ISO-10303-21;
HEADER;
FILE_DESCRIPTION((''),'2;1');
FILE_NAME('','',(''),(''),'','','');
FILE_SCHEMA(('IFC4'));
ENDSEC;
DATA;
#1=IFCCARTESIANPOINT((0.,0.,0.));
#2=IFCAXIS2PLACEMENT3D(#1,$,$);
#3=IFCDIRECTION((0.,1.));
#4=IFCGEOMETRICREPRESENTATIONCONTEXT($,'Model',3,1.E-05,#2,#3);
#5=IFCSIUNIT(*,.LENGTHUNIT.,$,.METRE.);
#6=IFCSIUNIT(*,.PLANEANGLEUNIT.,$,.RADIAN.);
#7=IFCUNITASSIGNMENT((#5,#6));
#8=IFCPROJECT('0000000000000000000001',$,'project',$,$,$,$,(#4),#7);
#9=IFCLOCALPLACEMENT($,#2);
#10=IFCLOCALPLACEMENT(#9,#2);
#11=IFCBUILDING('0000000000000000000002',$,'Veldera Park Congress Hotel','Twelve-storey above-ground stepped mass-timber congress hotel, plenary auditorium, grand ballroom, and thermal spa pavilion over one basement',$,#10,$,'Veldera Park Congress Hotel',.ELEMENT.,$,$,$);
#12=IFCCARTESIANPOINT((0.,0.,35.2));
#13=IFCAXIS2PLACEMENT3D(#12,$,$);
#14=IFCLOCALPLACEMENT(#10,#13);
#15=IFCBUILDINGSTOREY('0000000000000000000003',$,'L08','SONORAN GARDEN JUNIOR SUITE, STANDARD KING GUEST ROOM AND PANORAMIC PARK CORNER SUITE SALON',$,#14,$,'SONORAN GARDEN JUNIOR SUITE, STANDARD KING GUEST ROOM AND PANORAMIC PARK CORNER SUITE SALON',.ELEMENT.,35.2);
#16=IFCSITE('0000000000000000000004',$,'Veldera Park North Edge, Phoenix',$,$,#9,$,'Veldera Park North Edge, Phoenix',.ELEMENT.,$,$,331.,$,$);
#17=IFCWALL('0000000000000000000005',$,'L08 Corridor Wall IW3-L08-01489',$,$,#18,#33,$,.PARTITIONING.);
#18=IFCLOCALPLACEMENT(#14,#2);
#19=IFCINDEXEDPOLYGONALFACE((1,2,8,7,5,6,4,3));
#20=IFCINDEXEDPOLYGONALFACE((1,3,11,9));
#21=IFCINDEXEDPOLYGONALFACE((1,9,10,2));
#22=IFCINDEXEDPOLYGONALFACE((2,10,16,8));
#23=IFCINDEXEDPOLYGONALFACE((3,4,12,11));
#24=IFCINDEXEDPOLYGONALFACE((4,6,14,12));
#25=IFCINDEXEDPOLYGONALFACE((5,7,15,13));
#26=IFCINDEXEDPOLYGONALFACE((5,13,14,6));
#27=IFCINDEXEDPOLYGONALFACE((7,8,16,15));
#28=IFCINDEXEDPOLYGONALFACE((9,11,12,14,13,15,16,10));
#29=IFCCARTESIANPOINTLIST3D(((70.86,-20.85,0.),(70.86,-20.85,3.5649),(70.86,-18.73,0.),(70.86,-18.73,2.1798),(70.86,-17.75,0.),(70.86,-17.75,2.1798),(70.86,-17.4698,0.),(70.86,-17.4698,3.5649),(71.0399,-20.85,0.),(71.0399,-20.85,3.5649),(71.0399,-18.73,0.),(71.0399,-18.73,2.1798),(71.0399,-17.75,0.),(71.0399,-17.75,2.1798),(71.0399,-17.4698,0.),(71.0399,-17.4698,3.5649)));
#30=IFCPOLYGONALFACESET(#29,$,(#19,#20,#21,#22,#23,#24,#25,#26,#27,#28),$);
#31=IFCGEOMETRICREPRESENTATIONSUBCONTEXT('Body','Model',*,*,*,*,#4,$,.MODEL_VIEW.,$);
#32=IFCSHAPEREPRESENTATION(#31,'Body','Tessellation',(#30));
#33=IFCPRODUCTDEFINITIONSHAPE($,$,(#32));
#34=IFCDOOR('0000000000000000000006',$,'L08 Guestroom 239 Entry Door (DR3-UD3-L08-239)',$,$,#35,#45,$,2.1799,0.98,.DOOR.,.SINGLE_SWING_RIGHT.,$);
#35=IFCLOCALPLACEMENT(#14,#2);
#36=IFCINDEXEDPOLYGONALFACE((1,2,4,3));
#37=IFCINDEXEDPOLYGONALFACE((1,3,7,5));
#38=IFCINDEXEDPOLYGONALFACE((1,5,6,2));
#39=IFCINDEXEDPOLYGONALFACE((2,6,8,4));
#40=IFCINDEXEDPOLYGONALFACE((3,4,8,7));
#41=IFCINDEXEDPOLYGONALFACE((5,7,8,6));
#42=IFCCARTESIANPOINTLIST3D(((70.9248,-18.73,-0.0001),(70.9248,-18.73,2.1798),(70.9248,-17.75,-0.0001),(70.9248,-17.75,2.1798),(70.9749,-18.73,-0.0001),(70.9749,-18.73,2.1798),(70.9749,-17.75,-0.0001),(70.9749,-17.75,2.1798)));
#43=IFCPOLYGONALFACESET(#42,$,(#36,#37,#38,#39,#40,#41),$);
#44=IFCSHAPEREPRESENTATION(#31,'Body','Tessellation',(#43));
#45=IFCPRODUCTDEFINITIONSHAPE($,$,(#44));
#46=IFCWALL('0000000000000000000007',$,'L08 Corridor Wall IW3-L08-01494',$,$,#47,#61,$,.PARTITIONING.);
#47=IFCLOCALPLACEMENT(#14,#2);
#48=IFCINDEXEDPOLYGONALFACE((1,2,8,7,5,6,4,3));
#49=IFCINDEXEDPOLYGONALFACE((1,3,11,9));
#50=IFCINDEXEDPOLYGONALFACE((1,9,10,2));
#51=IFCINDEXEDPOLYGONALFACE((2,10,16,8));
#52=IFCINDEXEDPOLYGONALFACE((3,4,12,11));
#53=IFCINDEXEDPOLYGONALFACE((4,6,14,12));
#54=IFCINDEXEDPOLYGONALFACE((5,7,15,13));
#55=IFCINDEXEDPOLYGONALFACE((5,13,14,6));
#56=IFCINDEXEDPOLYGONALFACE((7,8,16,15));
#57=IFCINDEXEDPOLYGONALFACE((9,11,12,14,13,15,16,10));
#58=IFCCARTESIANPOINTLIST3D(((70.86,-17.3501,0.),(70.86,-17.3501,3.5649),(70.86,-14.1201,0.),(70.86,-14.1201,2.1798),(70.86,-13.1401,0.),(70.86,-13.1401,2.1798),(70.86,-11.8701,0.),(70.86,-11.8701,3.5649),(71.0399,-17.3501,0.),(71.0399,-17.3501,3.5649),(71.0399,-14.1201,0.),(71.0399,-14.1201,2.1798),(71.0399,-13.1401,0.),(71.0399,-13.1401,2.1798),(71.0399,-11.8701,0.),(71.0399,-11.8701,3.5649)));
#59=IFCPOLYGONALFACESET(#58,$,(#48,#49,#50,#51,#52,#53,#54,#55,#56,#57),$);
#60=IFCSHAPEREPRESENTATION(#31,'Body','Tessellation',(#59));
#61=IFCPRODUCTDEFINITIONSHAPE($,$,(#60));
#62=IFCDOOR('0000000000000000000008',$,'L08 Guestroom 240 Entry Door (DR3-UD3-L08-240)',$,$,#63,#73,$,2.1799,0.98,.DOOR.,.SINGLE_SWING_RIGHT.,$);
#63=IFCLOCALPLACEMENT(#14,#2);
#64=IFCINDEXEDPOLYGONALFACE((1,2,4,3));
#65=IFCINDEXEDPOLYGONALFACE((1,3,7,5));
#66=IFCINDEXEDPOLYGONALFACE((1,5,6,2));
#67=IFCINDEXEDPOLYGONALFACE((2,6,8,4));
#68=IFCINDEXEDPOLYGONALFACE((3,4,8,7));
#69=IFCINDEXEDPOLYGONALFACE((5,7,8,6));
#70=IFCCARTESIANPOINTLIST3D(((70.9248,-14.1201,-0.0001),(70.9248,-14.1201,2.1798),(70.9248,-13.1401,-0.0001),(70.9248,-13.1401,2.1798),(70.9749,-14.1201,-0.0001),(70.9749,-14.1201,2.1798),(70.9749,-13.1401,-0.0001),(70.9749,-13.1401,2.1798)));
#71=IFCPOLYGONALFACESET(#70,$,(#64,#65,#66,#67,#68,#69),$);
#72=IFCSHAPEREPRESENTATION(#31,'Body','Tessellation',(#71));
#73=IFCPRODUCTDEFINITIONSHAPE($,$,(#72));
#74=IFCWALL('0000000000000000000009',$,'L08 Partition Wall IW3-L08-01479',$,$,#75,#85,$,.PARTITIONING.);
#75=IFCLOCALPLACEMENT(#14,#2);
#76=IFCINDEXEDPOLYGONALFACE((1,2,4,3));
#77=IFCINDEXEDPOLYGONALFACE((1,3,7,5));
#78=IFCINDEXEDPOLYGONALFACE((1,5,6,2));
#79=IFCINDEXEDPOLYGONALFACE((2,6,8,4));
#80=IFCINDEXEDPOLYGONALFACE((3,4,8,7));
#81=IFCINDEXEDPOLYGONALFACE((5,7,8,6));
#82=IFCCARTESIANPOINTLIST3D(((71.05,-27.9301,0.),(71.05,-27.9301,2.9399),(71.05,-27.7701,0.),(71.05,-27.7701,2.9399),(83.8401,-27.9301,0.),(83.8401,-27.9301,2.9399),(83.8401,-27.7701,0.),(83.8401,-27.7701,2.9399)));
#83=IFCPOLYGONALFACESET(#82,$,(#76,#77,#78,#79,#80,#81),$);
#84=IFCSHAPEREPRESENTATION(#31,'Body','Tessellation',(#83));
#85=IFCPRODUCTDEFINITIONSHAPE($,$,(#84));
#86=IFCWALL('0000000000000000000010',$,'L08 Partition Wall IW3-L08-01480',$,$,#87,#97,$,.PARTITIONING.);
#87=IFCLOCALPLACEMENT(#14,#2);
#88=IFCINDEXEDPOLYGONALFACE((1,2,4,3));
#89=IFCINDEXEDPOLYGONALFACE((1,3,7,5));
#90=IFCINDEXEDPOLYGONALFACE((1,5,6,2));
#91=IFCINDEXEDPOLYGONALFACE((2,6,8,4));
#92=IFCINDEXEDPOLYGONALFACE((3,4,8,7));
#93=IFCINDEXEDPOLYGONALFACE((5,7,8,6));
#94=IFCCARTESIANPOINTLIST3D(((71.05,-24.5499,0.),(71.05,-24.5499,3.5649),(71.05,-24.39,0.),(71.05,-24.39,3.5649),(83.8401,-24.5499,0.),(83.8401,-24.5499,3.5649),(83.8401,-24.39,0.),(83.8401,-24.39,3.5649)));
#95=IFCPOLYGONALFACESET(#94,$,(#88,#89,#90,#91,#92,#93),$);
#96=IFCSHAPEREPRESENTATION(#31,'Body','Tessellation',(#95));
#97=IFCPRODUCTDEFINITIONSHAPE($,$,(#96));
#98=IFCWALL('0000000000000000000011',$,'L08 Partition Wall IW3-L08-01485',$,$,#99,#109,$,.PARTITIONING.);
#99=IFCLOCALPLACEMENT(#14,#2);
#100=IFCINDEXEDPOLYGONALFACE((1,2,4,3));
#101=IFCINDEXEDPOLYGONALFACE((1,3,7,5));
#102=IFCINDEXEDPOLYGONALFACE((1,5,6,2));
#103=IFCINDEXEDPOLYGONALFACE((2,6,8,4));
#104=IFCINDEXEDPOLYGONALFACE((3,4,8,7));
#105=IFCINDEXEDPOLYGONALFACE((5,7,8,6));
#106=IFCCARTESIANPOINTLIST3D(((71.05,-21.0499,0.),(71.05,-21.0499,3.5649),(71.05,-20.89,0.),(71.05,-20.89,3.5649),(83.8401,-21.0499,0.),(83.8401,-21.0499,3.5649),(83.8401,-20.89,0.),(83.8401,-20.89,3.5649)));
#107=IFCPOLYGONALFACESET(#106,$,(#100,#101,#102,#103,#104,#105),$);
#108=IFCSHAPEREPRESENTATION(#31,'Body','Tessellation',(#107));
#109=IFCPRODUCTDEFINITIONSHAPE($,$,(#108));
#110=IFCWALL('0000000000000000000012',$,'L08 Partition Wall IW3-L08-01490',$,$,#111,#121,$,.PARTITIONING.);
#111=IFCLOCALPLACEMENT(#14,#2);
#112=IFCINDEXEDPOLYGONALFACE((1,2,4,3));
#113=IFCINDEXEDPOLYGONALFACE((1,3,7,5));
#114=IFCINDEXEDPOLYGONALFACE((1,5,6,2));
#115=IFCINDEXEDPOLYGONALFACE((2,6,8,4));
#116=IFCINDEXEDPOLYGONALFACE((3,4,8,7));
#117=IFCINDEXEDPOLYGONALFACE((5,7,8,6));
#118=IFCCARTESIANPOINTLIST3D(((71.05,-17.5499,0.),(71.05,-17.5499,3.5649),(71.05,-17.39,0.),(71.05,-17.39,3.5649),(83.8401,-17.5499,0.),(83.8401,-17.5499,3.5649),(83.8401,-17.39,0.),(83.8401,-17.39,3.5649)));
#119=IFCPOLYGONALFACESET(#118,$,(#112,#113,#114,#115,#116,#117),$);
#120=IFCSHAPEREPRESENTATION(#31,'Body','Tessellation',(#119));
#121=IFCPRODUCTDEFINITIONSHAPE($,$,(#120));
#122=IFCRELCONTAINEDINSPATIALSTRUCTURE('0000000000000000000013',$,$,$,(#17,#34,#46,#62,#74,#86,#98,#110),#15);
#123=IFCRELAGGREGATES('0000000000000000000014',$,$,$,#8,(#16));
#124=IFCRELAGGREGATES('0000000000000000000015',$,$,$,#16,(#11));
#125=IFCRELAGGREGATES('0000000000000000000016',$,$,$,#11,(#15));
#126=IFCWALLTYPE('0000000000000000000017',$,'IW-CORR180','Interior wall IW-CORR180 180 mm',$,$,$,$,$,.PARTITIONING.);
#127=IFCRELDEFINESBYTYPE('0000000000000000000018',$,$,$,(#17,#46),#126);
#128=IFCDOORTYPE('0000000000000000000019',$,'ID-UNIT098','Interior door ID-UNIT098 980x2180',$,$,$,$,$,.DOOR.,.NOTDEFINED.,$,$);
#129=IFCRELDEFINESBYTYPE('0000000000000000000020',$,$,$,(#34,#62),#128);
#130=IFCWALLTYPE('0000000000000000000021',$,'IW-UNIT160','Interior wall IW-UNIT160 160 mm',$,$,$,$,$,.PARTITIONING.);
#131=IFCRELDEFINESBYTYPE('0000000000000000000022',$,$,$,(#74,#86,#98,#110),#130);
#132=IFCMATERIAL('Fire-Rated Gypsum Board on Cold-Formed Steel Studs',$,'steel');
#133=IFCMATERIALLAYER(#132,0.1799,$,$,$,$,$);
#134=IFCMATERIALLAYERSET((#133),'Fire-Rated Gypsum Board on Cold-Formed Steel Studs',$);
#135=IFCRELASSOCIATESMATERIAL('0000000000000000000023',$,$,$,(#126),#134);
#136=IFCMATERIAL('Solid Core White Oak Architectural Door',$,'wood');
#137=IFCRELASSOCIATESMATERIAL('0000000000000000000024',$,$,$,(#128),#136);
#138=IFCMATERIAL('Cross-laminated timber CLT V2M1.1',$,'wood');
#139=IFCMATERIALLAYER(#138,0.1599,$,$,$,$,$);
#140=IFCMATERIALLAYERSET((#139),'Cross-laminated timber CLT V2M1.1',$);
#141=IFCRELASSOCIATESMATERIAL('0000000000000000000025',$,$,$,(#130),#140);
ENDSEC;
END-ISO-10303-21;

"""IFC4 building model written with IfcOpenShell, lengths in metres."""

from ifc_helpers import new_model, si_unit, direction, frame, frame_2d, origin, place, context, subcontext, project, spatial, rectangle, extrude, material, layer, layer_set, type_object, element, fill, save


model = new_model("IFC4")

# Units and contexts
model_context = context("Model", 3, precision=1e-05, world=origin(), true_north=direction((0.0, 1.0)))
body_context = subcontext(model_context, "Body", "Model", "MODEL_VIEW")
ifc_project = project(units=[si_unit("LENGTHUNIT", "METRE"), si_unit("PLANEANGLEUNIT", "RADIAN")], contexts=[model_context])

# Site, building, storey
site_placement = place(None, origin())
site = spatial("IfcSite", under=ifc_project, at=site_placement, Name="Veldera Park North Edge, Phoenix", LongName="Veldera Park North Edge, Phoenix", CompositionType="ELEMENT", RefElevation=331.0)
building_placement = place(site_placement, origin())
building = spatial("IfcBuilding", under=site, at=building_placement, Name="Veldera Park Congress Hotel", Description="Twelve-storey above-ground stepped mass-timber congress hotel, plenary auditorium, grand ballroom, and thermal spa pavilion over one basement", LongName="Veldera Park Congress Hotel", CompositionType="ELEMENT")
storey_placement = place(building_placement, frame((0.0, 0.0, 35.2)))
storey = spatial("IfcBuildingStorey", under=building, at=storey_placement, Name="L08", Description="SONORAN GARDEN JUNIOR SUITE, STANDARD KING GUEST ROOM AND PANORAMIC PARK CORNER SUITE SALON", LongName="SONORAN GARDEN JUNIOR SUITE, STANDARD KING GUEST ROOM AND PANORAMIC PARK CORNER SUITE SALON", CompositionType="ELEMENT", Elevation=35.2)

# Shared definitions
ifc_material_1 = material(Name="Fire-Rated Gypsum Board on Cold-Formed Steel Studs", Category="steel")
ifc_layer_1 = layer(ifc_material_1, 0.1799)
ifc_layer_set_1 = layer_set([ifc_layer_1], Name="Fire-Rated Gypsum Board on Cold-Formed Steel Studs")
wall_type_1 = type_object("IfcWallType", Name="IW-CORR180", Description="Interior wall IW-CORR180 180 mm", PredefinedType="PARTITIONING", material=ifc_layer_set_1)
ifc_material_2 = material(Name="Solid Core White Oak Architectural Door", Category="wood")

# Walls, openings, doors
door_type_1 = type_object("IfcDoorType", Name="ID-UNIT098", Description="Interior door ID-UNIT098 980x2180", OperationType="NOTDEFINED", PredefinedType="DOOR", material=ifc_material_2)
wall_1_placement = place(storey_placement, frame((70.95, -17.47, 0.0), z_axis=(0.0, 0.0, 1.0), x_axis=(0.0, -1.0, 0.0)))
wall_1 = element("IfcWall", 1, at=wall_1_placement, inside=storey, type_object=wall_type_1, Name="L08 Corridor Wall IW3-L08-01489", PredefinedType="PARTITIONING", context=body_context, shape_type="SweptSolid", body=[
    extrude(rectangle(XDim=3.3801, YDim=0.1799, at=frame_2d((1.6899, 0.0))), origin(), (0.0, 0.0, 1.0), 3.5649),
])
opening_1_placement = place(wall_1_placement, frame((0.28, 0.0, 0.0)))
opening_1 = element("IfcOpeningElement", 2, at=opening_1_placement, cuts=wall_1, PredefinedType="OPENING", context=body_context, shape_type="SweptSolid", body=[
    extrude(rectangle(XDim=0.98, YDim=2.1799, at=frame_2d((0.49, 1.0898))), frame((0.0, 0.1021, 0.0), z_axis=(0.0, -1.0, 0.0), x_axis=(1.0, 0.0, 0.0)), (0.0, 0.0, 1.0), 0.2039),
])
door_1_placement = place(opening_1_placement, origin())
door_1 = element("IfcDoor", 3, at=door_1_placement, inside=storey, type_object=door_type_1, Name="L08 Guestroom 239 Entry Door (DR3-UD3-L08-239)", OperationType="SINGLE_SWING_RIGHT", OverallHeight=2.1799, OverallWidth=0.98, PredefinedType="DOOR", context=body_context, shape_type="SweptSolid", body=[
    extrude(rectangle(XDim=0.98, YDim=2.1799, at=frame_2d((0.49, 1.0898))), frame((0.0, 0.0249, 0.0), z_axis=(0.0, -1.0, 0.0), x_axis=(1.0, 0.0, 0.0)), (0.0, 0.0, 1.0), 0.05),
])
fill(opening_1, door_1)
wall_2_placement = place(storey_placement, frame((70.95, -11.8701, 0.0), z_axis=(0.0, 0.0, 1.0), x_axis=(0.0, -1.0, 0.0)))
wall_2 = element("IfcWall", 4, at=wall_2_placement, inside=storey, type_object=wall_type_1, Name="L08 Corridor Wall IW3-L08-01494", PredefinedType="PARTITIONING", context=body_context, shape_type="SweptSolid", body=[
    extrude(rectangle(XDim=5.48, YDim=0.1799, at=frame_2d((2.74, 0.0))), origin(), (0.0, 0.0, 1.0), 3.5649),
])
opening_2_placement = place(wall_2_placement, frame((1.27, 0.0, 0.0)))
opening_2 = element("IfcOpeningElement", 5, at=opening_2_placement, cuts=wall_2, PredefinedType="OPENING", context=body_context, shape_type="SweptSolid", body=[
    extrude(rectangle(XDim=0.98, YDim=2.1799, at=frame_2d((0.49, 1.0898))), frame((0.0, 0.1021, 0.0), z_axis=(0.0, -1.0, 0.0), x_axis=(1.0, 0.0, 0.0)), (0.0, 0.0, 1.0), 0.2039),
])
door_2_placement = place(opening_2_placement, origin())
door_2 = element("IfcDoor", 6, at=door_2_placement, inside=storey, type_object=door_type_1, Name="L08 Guestroom 240 Entry Door (DR3-UD3-L08-240)", OperationType="SINGLE_SWING_RIGHT", OverallHeight=2.1799, OverallWidth=0.98, PredefinedType="DOOR", context=body_context, shape_type="SweptSolid", body=[
    extrude(rectangle(XDim=0.98, YDim=2.1799, at=frame_2d((0.49, 1.0898))), frame((0.0, 0.0249, 0.0), z_axis=(0.0, -1.0, 0.0), x_axis=(1.0, 0.0, 0.0)), (0.0, 0.0, 1.0), 0.05),
])
fill(opening_2, door_2)

# Walls
ifc_material_3 = material(Name="Cross-laminated timber CLT V2M1.1", Category="wood")
ifc_layer_2 = layer(ifc_material_3, 0.1599)
ifc_layer_set_2 = layer_set([ifc_layer_2], Name="Cross-laminated timber CLT V2M1.1")
wall_type_2 = type_object("IfcWallType", Name="IW-UNIT160", Description="Interior wall IW-UNIT160 160 mm", PredefinedType="PARTITIONING", material=ifc_layer_set_2)
wall_3_placement = place(storey_placement, frame((71.05, -27.8501, 0.0), z_axis=(0.0, 0.0, 1.0), x_axis=(1.0, 0.0, 0.0)))
element("IfcWall", 7, at=wall_3_placement, inside=storey, type_object=wall_type_2, Name="L08 Partition Wall IW3-L08-01479", PredefinedType="PARTITIONING", context=body_context, shape_type="SweptSolid", body=[
    extrude(rectangle(XDim=12.79, YDim=0.1599, at=frame_2d((6.395, 0.0))), origin(), (0.0, 0.0, 1.0), 2.9399),
])
for number, where, z_axis, x_axis, name in (
    (8, (71.05, -24.47, 0.0), (0.0, 0.0, 1.0), (1.0, 0.0, 0.0), "L08 Partition Wall IW3-L08-01480"),
    (9, (71.05, -20.97, 0.0), (0.0, 0.0, 1.0), (1.0, 0.0, 0.0), "L08 Partition Wall IW3-L08-01485"),
    (10, (71.05, -17.47, 0.0), (0.0, 0.0, 1.0), (1.0, 0.0, 0.0), "L08 Partition Wall IW3-L08-01490"),
):
    element("IfcWall", number, at=place(storey_placement, frame(where, z_axis=z_axis, x_axis=x_axis)), inside=storey, type_object=wall_type_2, Name=name, PredefinedType="PARTITIONING", context=body_context, shape_type="SweptSolid", body=[
        extrude(rectangle(XDim=12.79, YDim=0.1599, at=frame_2d((6.395, 0.0))), origin(), (0.0, 0.0, 1.0), 3.5649),
    ])

save(model, "model.ifc")
